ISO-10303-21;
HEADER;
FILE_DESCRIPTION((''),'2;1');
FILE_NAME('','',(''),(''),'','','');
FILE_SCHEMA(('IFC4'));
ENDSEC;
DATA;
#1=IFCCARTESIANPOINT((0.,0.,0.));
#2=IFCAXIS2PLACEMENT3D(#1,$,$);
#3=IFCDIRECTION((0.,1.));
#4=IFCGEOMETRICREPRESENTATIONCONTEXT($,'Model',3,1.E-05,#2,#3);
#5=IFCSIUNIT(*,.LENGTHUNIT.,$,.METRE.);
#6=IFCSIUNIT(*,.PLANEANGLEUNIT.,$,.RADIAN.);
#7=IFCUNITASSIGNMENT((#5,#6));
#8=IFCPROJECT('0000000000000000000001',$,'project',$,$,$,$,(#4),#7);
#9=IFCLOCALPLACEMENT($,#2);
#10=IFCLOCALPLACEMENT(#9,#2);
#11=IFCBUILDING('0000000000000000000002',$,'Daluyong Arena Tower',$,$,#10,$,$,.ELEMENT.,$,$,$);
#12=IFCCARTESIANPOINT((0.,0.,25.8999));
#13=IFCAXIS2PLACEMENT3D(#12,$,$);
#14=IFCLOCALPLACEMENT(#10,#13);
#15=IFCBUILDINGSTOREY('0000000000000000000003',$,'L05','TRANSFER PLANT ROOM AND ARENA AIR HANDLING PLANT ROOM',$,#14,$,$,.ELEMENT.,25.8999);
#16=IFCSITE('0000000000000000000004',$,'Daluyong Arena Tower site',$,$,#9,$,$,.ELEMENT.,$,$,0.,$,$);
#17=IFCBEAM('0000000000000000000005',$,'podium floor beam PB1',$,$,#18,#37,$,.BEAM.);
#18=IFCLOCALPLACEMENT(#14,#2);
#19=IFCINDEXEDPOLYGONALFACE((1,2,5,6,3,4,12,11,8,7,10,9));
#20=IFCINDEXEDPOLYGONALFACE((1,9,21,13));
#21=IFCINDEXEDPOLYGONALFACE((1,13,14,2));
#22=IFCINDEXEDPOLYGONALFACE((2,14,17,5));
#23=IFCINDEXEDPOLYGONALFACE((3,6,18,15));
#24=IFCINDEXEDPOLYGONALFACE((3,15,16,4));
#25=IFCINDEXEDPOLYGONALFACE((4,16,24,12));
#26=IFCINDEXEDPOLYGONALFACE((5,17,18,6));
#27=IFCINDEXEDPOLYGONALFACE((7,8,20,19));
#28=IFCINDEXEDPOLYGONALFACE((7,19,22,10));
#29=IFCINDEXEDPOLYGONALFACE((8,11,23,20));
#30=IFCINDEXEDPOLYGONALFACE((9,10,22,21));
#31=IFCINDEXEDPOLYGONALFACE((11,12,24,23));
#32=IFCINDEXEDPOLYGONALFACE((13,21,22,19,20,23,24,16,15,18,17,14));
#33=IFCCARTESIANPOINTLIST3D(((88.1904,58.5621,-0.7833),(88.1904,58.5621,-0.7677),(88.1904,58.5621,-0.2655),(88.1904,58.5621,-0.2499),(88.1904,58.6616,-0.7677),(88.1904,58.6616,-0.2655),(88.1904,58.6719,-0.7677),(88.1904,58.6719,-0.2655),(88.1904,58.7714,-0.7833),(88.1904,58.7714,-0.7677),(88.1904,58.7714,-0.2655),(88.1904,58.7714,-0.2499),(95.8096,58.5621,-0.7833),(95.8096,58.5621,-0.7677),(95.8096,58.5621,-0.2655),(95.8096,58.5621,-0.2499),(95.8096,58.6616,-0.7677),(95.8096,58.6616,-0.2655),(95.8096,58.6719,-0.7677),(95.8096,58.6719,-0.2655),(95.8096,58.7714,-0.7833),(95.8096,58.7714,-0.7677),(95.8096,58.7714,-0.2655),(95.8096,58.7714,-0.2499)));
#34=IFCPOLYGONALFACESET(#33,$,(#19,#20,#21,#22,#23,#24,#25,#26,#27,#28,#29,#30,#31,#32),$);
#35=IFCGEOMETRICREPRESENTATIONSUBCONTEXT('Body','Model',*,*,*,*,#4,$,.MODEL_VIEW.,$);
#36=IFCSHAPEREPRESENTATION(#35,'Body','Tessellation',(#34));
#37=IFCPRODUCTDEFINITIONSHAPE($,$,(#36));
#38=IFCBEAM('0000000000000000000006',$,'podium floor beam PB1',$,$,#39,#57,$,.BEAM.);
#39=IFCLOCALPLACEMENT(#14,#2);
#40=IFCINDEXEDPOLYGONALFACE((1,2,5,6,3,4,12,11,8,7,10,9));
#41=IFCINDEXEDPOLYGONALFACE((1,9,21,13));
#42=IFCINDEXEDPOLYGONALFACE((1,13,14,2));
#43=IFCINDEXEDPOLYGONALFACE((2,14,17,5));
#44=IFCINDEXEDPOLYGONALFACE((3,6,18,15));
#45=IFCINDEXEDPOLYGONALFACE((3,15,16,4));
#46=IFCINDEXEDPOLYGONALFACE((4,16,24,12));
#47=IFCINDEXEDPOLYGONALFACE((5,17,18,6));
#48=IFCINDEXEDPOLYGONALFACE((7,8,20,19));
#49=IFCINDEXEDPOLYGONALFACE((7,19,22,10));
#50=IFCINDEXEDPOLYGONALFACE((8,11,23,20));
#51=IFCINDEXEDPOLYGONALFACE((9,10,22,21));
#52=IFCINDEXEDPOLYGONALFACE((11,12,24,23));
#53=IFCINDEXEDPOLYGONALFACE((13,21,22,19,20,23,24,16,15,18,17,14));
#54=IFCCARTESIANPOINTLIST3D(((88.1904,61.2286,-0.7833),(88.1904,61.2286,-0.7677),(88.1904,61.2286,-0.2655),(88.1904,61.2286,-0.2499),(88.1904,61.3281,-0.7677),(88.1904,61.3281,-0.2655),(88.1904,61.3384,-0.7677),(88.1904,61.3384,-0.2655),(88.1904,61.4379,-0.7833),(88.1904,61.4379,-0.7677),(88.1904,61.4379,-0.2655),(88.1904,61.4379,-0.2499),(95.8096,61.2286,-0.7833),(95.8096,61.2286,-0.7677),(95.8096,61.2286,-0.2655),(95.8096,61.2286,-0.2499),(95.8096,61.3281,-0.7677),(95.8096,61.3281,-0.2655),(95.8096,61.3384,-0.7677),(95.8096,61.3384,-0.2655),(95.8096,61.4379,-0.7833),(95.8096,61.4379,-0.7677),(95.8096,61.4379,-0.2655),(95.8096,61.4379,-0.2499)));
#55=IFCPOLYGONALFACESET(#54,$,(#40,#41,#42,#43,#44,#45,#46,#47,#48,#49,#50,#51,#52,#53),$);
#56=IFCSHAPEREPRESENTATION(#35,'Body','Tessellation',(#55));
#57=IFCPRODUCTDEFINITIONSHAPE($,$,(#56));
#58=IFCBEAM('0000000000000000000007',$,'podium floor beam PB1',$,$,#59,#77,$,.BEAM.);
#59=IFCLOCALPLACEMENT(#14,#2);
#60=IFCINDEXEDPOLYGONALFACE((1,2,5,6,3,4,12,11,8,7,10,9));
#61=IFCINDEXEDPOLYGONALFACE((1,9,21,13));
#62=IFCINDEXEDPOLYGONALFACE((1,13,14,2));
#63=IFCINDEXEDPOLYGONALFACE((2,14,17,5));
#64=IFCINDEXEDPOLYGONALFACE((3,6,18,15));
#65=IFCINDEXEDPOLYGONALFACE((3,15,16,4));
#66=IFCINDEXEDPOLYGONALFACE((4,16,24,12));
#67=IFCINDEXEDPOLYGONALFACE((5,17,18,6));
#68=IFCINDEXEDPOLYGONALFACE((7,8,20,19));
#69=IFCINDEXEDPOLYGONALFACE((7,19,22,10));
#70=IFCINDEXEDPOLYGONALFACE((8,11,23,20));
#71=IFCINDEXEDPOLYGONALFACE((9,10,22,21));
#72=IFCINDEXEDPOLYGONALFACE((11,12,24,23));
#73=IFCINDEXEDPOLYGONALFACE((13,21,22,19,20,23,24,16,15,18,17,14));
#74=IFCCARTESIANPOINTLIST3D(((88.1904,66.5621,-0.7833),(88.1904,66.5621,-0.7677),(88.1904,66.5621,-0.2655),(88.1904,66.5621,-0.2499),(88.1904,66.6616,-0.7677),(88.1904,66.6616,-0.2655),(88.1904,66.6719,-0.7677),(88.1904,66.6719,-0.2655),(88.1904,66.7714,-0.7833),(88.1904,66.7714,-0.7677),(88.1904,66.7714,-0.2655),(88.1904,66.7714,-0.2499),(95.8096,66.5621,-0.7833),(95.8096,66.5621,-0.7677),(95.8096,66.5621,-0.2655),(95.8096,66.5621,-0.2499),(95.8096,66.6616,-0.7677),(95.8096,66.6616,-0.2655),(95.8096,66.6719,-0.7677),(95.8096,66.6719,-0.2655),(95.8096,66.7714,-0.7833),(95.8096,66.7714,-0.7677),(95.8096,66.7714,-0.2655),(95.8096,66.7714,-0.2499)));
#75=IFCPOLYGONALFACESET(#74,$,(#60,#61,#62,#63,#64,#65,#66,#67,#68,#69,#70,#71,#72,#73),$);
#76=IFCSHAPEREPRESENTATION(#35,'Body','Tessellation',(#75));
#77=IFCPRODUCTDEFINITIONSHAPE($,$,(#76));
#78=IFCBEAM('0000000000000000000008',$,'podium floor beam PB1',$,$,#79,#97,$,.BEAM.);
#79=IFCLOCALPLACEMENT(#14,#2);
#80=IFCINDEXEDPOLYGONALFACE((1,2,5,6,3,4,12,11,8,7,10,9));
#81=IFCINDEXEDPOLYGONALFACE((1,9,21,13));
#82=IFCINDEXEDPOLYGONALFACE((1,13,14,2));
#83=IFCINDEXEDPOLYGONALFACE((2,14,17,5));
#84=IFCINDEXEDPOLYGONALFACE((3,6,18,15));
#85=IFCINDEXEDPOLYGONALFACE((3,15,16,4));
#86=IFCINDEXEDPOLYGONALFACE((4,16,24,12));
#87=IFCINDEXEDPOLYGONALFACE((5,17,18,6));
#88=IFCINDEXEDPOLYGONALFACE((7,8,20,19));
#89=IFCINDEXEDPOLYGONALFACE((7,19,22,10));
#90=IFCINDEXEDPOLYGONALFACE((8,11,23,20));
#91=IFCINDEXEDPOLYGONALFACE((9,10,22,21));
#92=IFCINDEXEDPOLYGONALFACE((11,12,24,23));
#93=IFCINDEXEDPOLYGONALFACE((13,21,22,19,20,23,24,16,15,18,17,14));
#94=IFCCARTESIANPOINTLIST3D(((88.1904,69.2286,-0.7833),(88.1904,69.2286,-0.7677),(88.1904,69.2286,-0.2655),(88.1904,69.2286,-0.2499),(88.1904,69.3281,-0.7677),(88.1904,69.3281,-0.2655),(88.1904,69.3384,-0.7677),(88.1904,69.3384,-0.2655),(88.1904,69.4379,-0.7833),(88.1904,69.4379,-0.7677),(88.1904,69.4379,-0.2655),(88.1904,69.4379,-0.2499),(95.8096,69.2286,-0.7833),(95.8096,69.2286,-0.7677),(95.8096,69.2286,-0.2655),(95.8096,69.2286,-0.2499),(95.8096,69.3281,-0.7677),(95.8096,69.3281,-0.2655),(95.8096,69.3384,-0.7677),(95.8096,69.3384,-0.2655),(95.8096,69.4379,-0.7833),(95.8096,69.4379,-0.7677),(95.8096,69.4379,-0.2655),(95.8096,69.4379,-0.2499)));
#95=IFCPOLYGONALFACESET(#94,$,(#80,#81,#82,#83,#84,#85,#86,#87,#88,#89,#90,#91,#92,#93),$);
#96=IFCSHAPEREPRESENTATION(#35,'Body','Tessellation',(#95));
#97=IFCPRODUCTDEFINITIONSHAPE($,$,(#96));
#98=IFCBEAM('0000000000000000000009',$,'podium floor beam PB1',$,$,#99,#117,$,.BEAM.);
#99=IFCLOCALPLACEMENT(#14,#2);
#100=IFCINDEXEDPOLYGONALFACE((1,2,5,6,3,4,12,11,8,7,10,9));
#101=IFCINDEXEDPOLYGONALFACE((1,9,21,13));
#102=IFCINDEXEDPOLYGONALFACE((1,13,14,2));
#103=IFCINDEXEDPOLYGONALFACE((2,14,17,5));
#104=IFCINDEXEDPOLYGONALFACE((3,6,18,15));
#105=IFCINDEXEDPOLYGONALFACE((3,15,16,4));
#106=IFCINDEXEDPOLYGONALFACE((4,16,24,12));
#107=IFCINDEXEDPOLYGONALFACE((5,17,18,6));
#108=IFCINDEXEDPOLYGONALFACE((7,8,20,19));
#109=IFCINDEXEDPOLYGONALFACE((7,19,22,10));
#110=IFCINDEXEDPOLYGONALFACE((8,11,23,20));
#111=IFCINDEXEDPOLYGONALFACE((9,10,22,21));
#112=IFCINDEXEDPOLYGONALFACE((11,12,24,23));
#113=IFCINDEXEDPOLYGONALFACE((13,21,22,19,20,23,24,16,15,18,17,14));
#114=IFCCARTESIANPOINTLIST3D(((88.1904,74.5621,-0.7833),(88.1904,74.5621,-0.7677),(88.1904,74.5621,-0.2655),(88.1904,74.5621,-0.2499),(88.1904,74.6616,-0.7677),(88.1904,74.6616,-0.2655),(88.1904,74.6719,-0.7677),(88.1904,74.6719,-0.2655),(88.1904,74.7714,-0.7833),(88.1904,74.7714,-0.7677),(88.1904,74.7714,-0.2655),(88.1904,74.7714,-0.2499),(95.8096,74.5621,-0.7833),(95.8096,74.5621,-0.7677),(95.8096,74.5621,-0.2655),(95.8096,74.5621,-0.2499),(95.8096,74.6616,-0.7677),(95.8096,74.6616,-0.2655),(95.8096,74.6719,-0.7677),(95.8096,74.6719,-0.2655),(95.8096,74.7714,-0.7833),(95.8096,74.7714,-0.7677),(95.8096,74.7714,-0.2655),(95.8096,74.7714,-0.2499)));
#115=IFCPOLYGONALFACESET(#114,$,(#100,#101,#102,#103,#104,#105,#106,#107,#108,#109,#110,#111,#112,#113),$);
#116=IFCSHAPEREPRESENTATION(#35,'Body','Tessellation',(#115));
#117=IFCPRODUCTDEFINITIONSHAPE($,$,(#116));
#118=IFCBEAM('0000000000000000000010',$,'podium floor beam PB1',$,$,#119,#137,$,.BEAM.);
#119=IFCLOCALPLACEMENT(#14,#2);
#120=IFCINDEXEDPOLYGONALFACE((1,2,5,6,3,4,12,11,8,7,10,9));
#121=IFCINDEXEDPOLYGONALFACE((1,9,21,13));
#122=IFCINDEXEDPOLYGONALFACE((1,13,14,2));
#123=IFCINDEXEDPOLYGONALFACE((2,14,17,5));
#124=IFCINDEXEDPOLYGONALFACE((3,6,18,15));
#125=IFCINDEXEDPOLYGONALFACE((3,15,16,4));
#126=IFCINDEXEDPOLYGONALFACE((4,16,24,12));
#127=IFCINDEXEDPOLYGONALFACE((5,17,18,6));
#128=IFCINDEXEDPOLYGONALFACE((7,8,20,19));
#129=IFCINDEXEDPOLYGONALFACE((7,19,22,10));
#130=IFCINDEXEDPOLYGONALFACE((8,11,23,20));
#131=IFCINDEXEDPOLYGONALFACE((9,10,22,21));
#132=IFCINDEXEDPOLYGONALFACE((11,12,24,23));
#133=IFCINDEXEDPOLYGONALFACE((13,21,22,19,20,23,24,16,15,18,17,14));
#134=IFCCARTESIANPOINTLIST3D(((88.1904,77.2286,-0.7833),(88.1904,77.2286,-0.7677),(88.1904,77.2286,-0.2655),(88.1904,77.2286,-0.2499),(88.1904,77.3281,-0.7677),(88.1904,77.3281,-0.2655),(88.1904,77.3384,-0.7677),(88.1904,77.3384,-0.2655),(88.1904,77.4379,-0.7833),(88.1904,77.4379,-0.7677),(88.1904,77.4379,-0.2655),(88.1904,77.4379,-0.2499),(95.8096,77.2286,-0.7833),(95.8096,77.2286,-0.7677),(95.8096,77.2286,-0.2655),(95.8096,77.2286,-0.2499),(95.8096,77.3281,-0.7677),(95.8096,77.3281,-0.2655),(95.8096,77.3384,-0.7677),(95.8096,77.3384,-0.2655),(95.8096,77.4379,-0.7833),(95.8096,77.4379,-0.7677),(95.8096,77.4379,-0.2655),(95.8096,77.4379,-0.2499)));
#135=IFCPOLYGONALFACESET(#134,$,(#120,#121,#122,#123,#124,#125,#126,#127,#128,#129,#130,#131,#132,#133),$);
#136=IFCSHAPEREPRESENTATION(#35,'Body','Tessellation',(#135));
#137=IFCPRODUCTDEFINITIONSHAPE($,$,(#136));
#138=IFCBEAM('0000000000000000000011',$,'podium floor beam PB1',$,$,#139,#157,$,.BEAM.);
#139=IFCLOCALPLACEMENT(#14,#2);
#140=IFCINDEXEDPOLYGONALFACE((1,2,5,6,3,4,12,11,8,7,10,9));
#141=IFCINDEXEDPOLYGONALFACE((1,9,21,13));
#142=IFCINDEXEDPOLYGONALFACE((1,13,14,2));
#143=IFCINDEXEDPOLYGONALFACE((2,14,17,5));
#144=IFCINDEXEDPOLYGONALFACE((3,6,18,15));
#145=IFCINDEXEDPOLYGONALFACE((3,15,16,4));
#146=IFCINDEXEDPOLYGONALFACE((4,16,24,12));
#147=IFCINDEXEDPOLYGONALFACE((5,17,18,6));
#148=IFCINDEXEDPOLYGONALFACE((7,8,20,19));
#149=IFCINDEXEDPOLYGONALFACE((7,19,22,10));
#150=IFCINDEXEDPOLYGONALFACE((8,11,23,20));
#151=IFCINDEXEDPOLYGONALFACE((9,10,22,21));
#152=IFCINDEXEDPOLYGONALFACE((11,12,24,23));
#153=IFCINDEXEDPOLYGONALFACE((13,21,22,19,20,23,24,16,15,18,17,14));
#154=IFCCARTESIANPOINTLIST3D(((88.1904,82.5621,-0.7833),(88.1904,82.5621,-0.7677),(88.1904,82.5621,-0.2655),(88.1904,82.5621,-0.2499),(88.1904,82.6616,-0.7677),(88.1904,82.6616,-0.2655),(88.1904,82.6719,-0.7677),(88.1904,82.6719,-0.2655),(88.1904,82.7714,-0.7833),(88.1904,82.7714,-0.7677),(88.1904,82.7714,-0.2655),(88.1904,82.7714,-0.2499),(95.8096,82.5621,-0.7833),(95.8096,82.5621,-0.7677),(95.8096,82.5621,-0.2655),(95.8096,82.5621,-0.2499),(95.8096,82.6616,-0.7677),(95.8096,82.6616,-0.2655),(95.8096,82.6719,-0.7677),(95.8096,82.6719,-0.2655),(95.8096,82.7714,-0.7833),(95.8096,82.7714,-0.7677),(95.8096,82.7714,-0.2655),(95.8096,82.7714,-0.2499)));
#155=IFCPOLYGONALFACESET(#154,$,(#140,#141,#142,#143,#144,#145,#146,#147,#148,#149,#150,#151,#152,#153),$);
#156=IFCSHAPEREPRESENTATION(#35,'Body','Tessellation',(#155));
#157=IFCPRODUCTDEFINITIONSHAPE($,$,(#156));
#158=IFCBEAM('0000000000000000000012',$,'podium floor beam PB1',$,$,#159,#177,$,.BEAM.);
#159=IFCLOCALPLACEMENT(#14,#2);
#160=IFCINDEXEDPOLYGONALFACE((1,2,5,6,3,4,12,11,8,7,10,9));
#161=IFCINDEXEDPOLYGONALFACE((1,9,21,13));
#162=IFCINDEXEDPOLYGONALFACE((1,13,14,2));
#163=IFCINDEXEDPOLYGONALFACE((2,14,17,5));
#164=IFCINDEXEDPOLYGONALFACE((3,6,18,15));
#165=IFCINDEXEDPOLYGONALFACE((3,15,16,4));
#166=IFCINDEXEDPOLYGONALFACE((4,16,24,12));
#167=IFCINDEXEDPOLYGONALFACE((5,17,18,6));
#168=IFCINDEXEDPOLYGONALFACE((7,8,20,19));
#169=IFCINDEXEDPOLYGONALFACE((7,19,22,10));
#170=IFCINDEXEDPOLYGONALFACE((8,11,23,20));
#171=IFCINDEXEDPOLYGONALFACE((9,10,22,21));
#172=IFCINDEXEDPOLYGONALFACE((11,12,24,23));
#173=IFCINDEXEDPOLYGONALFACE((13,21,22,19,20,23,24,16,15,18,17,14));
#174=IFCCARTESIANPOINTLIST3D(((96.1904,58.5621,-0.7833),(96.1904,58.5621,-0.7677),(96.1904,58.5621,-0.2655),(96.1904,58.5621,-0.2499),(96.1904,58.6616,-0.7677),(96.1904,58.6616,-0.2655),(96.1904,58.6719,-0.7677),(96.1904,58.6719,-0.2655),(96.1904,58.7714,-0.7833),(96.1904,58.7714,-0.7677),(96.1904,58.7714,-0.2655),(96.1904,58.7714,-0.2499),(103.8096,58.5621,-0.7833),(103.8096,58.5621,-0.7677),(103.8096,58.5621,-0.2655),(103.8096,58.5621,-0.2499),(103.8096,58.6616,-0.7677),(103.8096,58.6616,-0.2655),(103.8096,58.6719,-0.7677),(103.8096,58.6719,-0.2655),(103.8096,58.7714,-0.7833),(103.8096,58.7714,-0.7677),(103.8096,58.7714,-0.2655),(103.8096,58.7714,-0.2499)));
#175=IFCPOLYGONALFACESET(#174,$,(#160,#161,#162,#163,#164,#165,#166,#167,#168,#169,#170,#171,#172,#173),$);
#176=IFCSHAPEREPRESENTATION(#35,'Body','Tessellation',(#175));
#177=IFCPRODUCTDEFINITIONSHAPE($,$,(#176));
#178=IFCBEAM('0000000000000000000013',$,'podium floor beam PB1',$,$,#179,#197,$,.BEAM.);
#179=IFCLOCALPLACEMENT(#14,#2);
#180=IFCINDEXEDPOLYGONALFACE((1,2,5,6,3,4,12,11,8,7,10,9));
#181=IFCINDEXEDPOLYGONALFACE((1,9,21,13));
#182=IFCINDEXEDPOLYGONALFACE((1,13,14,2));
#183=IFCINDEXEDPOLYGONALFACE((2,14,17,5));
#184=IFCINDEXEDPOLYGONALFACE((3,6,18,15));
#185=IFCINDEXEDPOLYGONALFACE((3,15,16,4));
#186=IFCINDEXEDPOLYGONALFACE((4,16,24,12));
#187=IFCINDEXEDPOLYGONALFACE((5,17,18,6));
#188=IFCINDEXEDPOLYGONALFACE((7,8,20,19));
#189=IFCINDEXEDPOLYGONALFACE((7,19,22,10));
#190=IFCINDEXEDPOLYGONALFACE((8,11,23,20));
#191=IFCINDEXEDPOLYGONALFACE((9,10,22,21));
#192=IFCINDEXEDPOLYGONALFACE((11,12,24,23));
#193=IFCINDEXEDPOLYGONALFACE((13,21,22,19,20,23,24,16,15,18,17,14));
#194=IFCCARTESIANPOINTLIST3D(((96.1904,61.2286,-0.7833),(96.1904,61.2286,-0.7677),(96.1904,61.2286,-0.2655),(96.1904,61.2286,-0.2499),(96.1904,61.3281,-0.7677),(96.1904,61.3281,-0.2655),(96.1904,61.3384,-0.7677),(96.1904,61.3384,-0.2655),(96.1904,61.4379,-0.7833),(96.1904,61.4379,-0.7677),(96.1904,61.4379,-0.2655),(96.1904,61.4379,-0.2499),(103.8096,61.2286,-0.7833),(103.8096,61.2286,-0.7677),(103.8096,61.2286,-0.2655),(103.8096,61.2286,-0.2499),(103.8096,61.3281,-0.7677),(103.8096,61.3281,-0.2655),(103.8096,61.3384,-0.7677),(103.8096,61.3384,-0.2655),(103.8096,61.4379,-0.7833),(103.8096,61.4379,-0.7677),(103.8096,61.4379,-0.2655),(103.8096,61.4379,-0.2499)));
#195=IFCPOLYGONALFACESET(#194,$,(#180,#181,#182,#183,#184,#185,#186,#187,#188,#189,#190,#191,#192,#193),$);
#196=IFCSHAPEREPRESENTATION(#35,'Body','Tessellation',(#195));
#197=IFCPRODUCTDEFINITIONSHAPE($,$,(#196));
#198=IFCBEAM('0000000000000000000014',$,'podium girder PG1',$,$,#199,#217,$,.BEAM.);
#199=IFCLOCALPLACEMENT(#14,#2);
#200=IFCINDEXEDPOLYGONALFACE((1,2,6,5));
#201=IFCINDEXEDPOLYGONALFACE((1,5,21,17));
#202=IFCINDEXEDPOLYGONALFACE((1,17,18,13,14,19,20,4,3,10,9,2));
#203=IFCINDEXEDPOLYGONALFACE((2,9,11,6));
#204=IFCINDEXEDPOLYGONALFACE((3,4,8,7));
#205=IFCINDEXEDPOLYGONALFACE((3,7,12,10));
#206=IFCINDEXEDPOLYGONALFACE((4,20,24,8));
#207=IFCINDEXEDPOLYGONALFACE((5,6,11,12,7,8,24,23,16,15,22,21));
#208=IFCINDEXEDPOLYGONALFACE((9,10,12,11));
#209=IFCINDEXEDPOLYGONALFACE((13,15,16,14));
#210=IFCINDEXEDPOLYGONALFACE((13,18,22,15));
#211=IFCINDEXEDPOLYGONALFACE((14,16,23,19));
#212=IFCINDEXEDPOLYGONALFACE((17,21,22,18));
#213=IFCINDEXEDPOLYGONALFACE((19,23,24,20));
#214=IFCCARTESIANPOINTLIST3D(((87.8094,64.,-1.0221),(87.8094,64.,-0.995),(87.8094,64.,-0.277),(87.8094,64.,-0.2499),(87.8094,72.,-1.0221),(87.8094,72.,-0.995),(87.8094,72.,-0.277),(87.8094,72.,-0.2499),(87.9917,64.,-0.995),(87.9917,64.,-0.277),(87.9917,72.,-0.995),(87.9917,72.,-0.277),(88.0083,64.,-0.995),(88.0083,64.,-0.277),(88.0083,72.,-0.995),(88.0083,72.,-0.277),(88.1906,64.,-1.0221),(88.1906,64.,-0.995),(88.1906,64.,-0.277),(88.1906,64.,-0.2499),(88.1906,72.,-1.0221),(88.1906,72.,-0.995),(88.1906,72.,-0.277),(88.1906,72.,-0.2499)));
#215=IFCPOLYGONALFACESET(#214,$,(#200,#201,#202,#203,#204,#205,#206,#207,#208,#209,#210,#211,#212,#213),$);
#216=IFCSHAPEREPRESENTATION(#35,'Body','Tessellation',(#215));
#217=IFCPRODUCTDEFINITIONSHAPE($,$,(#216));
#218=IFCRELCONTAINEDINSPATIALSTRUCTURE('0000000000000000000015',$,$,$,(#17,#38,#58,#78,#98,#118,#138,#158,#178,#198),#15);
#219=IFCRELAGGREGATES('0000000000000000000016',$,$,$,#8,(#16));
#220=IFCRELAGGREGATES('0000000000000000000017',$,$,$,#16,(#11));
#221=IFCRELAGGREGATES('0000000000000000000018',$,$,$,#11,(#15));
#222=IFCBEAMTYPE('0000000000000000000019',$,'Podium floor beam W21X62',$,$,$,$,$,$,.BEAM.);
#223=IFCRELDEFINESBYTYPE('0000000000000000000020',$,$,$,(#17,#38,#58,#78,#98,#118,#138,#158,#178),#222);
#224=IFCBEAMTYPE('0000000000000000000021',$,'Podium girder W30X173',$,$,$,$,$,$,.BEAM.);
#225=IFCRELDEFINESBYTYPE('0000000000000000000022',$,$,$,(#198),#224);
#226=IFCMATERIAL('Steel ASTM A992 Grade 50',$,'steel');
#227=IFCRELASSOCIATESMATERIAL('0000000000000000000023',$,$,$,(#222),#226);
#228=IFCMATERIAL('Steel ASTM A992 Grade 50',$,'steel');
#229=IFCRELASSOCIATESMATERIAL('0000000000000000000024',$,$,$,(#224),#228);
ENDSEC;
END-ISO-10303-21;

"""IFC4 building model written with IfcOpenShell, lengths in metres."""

from ifc_helpers import new_model, si_unit, direction, frame, origin, origin_2d, place, context, subcontext, project, spatial, i_section, extrude, material, material_profile, profile_set, type_object, element, save


model = new_model("IFC4")

# Units and contexts
model_context = context("Model", 3, precision=1e-05, world=origin(), true_north=direction((0.0, 1.0)))
body_context = subcontext(model_context, "Body", "Model", "MODEL_VIEW")
ifc_project = project(units=[si_unit("LENGTHUNIT", "METRE"), si_unit("PLANEANGLEUNIT", "RADIAN")], contexts=[model_context])

# Site, building, storey
site_placement = place(None, origin())
site = spatial("IfcSite", under=ifc_project, at=site_placement, Name="Daluyong Arena Tower site", CompositionType="ELEMENT", RefElevation=0.0)
building_placement = place(site_placement, origin())
building = spatial("IfcBuilding", under=site, at=building_placement, Name="Daluyong Arena Tower", CompositionType="ELEMENT")
storey_placement = place(building_placement, frame((0.0, 0.0, 25.8999)))
storey = spatial("IfcBuildingStorey", under=building, at=storey_placement, Name="L05", Description="TRANSFER PLANT ROOM AND ARENA AIR HANDLING PLANT ROOM", CompositionType="ELEMENT", Elevation=25.8999)

# Beams
ifc_material_1 = material(Name="Steel ASTM A992 Grade 50", Category="steel")
ifc_material_profile_1 = material_profile(ifc_material_1, i_section(OverallWidth=0.2092, OverallDepth=0.5334, WebThickness=0.0103, FlangeThickness=0.0156, at=origin_2d()))
ifc_profile_set_1 = profile_set([ifc_material_profile_1], Name="Steel ASTM A992 Grade 50")
beam_type_1 = type_object("IfcBeamType", Name="Podium floor beam W21X62", PredefinedType="BEAM", material=ifc_profile_set_1)
for number, where, z_axis, x_axis, name in (
    (1, (88.1904, 58.6667, -0.5166), (1.0, 0.0, 0.0), (0.0, 1.0, 0.0), "podium floor beam PB1"),
    (2, (88.1904, 61.3333, -0.5166), (1.0, 0.0, 0.0), (0.0, 1.0, 0.0), "podium floor beam PB1"),
    (3, (88.1904, 66.6667, -0.5166), (1.0, 0.0, 0.0), (0.0, 1.0, 0.0), "podium floor beam PB1"),
    (4, (88.1904, 69.3333, -0.5166), (1.0, 0.0, 0.0), (0.0, 1.0, 0.0), "podium floor beam PB1"),
    (5, (88.1904, 74.6667, -0.5166), (1.0, 0.0, 0.0), (0.0, 1.0, 0.0), "podium floor beam PB1"),
    (6, (88.1904, 77.3333, -0.5166), (1.0, 0.0, 0.0), (0.0, 1.0, 0.0), "podium floor beam PB1"),
    (7, (88.1904, 82.6667, -0.5166), (1.0, 0.0, 0.0), (0.0, 1.0, 0.0), "podium floor beam PB1"),
    (8, (96.1904, 58.6667, -0.5166), (1.0, 0.0, 0.0), (0.0, 1.0, 0.0), "podium floor beam PB1"),
    (9, (96.1904, 61.3333, -0.5166), (1.0, 0.0, 0.0), (0.0, 1.0, 0.0), "podium floor beam PB1"),
):
    element("IfcBeam", number, at=place(storey_placement, frame(where, z_axis=z_axis, x_axis=x_axis)), inside=storey, type_object=beam_type_1, Name=name, PredefinedType="BEAM", context=body_context, shape_type="SweptSolid", body=[
        extrude(i_section(OverallWidth=0.2092, OverallDepth=0.5334, WebThickness=0.0103, FlangeThickness=0.0156, at=origin_2d()), origin(), (0.0, 0.0, 1.0), 7.6191),
    ])
ifc_material_2 = material(Name="Steel ASTM A992 Grade 50", Category="steel")
ifc_material_profile_2 = material_profile(ifc_material_2, i_section(OverallWidth=0.3811, OverallDepth=0.7722, WebThickness=0.0166, FlangeThickness=0.0271, at=origin_2d()))
ifc_profile_set_2 = profile_set([ifc_material_profile_2], Name="Steel ASTM A992 Grade 50")
beam_type_2 = type_object("IfcBeamType", Name="Podium girder W30X173", PredefinedType="BEAM", material=ifc_profile_set_2)
for number, where, z_axis, x_axis, name in (
    (10, (88.0, 64.0, -0.636), (0.0, 1.0, 0.0), (-1.0, 0.0, 0.0), "podium girder PG1"),
):
    element("IfcBeam", number, at=place(storey_placement, frame(where, z_axis=z_axis, x_axis=x_axis)), inside=storey, type_object=beam_type_2, Name=name, PredefinedType="BEAM", context=body_context, shape_type="SweptSolid", body=[
        extrude(i_section(OverallWidth=0.3811, OverallDepth=0.7722, WebThickness=0.0166, FlangeThickness=0.0271, at=origin_2d()), origin(), (0.0, 0.0, 1.0), 8.0),
    ])

save(model, "model.ifc")
